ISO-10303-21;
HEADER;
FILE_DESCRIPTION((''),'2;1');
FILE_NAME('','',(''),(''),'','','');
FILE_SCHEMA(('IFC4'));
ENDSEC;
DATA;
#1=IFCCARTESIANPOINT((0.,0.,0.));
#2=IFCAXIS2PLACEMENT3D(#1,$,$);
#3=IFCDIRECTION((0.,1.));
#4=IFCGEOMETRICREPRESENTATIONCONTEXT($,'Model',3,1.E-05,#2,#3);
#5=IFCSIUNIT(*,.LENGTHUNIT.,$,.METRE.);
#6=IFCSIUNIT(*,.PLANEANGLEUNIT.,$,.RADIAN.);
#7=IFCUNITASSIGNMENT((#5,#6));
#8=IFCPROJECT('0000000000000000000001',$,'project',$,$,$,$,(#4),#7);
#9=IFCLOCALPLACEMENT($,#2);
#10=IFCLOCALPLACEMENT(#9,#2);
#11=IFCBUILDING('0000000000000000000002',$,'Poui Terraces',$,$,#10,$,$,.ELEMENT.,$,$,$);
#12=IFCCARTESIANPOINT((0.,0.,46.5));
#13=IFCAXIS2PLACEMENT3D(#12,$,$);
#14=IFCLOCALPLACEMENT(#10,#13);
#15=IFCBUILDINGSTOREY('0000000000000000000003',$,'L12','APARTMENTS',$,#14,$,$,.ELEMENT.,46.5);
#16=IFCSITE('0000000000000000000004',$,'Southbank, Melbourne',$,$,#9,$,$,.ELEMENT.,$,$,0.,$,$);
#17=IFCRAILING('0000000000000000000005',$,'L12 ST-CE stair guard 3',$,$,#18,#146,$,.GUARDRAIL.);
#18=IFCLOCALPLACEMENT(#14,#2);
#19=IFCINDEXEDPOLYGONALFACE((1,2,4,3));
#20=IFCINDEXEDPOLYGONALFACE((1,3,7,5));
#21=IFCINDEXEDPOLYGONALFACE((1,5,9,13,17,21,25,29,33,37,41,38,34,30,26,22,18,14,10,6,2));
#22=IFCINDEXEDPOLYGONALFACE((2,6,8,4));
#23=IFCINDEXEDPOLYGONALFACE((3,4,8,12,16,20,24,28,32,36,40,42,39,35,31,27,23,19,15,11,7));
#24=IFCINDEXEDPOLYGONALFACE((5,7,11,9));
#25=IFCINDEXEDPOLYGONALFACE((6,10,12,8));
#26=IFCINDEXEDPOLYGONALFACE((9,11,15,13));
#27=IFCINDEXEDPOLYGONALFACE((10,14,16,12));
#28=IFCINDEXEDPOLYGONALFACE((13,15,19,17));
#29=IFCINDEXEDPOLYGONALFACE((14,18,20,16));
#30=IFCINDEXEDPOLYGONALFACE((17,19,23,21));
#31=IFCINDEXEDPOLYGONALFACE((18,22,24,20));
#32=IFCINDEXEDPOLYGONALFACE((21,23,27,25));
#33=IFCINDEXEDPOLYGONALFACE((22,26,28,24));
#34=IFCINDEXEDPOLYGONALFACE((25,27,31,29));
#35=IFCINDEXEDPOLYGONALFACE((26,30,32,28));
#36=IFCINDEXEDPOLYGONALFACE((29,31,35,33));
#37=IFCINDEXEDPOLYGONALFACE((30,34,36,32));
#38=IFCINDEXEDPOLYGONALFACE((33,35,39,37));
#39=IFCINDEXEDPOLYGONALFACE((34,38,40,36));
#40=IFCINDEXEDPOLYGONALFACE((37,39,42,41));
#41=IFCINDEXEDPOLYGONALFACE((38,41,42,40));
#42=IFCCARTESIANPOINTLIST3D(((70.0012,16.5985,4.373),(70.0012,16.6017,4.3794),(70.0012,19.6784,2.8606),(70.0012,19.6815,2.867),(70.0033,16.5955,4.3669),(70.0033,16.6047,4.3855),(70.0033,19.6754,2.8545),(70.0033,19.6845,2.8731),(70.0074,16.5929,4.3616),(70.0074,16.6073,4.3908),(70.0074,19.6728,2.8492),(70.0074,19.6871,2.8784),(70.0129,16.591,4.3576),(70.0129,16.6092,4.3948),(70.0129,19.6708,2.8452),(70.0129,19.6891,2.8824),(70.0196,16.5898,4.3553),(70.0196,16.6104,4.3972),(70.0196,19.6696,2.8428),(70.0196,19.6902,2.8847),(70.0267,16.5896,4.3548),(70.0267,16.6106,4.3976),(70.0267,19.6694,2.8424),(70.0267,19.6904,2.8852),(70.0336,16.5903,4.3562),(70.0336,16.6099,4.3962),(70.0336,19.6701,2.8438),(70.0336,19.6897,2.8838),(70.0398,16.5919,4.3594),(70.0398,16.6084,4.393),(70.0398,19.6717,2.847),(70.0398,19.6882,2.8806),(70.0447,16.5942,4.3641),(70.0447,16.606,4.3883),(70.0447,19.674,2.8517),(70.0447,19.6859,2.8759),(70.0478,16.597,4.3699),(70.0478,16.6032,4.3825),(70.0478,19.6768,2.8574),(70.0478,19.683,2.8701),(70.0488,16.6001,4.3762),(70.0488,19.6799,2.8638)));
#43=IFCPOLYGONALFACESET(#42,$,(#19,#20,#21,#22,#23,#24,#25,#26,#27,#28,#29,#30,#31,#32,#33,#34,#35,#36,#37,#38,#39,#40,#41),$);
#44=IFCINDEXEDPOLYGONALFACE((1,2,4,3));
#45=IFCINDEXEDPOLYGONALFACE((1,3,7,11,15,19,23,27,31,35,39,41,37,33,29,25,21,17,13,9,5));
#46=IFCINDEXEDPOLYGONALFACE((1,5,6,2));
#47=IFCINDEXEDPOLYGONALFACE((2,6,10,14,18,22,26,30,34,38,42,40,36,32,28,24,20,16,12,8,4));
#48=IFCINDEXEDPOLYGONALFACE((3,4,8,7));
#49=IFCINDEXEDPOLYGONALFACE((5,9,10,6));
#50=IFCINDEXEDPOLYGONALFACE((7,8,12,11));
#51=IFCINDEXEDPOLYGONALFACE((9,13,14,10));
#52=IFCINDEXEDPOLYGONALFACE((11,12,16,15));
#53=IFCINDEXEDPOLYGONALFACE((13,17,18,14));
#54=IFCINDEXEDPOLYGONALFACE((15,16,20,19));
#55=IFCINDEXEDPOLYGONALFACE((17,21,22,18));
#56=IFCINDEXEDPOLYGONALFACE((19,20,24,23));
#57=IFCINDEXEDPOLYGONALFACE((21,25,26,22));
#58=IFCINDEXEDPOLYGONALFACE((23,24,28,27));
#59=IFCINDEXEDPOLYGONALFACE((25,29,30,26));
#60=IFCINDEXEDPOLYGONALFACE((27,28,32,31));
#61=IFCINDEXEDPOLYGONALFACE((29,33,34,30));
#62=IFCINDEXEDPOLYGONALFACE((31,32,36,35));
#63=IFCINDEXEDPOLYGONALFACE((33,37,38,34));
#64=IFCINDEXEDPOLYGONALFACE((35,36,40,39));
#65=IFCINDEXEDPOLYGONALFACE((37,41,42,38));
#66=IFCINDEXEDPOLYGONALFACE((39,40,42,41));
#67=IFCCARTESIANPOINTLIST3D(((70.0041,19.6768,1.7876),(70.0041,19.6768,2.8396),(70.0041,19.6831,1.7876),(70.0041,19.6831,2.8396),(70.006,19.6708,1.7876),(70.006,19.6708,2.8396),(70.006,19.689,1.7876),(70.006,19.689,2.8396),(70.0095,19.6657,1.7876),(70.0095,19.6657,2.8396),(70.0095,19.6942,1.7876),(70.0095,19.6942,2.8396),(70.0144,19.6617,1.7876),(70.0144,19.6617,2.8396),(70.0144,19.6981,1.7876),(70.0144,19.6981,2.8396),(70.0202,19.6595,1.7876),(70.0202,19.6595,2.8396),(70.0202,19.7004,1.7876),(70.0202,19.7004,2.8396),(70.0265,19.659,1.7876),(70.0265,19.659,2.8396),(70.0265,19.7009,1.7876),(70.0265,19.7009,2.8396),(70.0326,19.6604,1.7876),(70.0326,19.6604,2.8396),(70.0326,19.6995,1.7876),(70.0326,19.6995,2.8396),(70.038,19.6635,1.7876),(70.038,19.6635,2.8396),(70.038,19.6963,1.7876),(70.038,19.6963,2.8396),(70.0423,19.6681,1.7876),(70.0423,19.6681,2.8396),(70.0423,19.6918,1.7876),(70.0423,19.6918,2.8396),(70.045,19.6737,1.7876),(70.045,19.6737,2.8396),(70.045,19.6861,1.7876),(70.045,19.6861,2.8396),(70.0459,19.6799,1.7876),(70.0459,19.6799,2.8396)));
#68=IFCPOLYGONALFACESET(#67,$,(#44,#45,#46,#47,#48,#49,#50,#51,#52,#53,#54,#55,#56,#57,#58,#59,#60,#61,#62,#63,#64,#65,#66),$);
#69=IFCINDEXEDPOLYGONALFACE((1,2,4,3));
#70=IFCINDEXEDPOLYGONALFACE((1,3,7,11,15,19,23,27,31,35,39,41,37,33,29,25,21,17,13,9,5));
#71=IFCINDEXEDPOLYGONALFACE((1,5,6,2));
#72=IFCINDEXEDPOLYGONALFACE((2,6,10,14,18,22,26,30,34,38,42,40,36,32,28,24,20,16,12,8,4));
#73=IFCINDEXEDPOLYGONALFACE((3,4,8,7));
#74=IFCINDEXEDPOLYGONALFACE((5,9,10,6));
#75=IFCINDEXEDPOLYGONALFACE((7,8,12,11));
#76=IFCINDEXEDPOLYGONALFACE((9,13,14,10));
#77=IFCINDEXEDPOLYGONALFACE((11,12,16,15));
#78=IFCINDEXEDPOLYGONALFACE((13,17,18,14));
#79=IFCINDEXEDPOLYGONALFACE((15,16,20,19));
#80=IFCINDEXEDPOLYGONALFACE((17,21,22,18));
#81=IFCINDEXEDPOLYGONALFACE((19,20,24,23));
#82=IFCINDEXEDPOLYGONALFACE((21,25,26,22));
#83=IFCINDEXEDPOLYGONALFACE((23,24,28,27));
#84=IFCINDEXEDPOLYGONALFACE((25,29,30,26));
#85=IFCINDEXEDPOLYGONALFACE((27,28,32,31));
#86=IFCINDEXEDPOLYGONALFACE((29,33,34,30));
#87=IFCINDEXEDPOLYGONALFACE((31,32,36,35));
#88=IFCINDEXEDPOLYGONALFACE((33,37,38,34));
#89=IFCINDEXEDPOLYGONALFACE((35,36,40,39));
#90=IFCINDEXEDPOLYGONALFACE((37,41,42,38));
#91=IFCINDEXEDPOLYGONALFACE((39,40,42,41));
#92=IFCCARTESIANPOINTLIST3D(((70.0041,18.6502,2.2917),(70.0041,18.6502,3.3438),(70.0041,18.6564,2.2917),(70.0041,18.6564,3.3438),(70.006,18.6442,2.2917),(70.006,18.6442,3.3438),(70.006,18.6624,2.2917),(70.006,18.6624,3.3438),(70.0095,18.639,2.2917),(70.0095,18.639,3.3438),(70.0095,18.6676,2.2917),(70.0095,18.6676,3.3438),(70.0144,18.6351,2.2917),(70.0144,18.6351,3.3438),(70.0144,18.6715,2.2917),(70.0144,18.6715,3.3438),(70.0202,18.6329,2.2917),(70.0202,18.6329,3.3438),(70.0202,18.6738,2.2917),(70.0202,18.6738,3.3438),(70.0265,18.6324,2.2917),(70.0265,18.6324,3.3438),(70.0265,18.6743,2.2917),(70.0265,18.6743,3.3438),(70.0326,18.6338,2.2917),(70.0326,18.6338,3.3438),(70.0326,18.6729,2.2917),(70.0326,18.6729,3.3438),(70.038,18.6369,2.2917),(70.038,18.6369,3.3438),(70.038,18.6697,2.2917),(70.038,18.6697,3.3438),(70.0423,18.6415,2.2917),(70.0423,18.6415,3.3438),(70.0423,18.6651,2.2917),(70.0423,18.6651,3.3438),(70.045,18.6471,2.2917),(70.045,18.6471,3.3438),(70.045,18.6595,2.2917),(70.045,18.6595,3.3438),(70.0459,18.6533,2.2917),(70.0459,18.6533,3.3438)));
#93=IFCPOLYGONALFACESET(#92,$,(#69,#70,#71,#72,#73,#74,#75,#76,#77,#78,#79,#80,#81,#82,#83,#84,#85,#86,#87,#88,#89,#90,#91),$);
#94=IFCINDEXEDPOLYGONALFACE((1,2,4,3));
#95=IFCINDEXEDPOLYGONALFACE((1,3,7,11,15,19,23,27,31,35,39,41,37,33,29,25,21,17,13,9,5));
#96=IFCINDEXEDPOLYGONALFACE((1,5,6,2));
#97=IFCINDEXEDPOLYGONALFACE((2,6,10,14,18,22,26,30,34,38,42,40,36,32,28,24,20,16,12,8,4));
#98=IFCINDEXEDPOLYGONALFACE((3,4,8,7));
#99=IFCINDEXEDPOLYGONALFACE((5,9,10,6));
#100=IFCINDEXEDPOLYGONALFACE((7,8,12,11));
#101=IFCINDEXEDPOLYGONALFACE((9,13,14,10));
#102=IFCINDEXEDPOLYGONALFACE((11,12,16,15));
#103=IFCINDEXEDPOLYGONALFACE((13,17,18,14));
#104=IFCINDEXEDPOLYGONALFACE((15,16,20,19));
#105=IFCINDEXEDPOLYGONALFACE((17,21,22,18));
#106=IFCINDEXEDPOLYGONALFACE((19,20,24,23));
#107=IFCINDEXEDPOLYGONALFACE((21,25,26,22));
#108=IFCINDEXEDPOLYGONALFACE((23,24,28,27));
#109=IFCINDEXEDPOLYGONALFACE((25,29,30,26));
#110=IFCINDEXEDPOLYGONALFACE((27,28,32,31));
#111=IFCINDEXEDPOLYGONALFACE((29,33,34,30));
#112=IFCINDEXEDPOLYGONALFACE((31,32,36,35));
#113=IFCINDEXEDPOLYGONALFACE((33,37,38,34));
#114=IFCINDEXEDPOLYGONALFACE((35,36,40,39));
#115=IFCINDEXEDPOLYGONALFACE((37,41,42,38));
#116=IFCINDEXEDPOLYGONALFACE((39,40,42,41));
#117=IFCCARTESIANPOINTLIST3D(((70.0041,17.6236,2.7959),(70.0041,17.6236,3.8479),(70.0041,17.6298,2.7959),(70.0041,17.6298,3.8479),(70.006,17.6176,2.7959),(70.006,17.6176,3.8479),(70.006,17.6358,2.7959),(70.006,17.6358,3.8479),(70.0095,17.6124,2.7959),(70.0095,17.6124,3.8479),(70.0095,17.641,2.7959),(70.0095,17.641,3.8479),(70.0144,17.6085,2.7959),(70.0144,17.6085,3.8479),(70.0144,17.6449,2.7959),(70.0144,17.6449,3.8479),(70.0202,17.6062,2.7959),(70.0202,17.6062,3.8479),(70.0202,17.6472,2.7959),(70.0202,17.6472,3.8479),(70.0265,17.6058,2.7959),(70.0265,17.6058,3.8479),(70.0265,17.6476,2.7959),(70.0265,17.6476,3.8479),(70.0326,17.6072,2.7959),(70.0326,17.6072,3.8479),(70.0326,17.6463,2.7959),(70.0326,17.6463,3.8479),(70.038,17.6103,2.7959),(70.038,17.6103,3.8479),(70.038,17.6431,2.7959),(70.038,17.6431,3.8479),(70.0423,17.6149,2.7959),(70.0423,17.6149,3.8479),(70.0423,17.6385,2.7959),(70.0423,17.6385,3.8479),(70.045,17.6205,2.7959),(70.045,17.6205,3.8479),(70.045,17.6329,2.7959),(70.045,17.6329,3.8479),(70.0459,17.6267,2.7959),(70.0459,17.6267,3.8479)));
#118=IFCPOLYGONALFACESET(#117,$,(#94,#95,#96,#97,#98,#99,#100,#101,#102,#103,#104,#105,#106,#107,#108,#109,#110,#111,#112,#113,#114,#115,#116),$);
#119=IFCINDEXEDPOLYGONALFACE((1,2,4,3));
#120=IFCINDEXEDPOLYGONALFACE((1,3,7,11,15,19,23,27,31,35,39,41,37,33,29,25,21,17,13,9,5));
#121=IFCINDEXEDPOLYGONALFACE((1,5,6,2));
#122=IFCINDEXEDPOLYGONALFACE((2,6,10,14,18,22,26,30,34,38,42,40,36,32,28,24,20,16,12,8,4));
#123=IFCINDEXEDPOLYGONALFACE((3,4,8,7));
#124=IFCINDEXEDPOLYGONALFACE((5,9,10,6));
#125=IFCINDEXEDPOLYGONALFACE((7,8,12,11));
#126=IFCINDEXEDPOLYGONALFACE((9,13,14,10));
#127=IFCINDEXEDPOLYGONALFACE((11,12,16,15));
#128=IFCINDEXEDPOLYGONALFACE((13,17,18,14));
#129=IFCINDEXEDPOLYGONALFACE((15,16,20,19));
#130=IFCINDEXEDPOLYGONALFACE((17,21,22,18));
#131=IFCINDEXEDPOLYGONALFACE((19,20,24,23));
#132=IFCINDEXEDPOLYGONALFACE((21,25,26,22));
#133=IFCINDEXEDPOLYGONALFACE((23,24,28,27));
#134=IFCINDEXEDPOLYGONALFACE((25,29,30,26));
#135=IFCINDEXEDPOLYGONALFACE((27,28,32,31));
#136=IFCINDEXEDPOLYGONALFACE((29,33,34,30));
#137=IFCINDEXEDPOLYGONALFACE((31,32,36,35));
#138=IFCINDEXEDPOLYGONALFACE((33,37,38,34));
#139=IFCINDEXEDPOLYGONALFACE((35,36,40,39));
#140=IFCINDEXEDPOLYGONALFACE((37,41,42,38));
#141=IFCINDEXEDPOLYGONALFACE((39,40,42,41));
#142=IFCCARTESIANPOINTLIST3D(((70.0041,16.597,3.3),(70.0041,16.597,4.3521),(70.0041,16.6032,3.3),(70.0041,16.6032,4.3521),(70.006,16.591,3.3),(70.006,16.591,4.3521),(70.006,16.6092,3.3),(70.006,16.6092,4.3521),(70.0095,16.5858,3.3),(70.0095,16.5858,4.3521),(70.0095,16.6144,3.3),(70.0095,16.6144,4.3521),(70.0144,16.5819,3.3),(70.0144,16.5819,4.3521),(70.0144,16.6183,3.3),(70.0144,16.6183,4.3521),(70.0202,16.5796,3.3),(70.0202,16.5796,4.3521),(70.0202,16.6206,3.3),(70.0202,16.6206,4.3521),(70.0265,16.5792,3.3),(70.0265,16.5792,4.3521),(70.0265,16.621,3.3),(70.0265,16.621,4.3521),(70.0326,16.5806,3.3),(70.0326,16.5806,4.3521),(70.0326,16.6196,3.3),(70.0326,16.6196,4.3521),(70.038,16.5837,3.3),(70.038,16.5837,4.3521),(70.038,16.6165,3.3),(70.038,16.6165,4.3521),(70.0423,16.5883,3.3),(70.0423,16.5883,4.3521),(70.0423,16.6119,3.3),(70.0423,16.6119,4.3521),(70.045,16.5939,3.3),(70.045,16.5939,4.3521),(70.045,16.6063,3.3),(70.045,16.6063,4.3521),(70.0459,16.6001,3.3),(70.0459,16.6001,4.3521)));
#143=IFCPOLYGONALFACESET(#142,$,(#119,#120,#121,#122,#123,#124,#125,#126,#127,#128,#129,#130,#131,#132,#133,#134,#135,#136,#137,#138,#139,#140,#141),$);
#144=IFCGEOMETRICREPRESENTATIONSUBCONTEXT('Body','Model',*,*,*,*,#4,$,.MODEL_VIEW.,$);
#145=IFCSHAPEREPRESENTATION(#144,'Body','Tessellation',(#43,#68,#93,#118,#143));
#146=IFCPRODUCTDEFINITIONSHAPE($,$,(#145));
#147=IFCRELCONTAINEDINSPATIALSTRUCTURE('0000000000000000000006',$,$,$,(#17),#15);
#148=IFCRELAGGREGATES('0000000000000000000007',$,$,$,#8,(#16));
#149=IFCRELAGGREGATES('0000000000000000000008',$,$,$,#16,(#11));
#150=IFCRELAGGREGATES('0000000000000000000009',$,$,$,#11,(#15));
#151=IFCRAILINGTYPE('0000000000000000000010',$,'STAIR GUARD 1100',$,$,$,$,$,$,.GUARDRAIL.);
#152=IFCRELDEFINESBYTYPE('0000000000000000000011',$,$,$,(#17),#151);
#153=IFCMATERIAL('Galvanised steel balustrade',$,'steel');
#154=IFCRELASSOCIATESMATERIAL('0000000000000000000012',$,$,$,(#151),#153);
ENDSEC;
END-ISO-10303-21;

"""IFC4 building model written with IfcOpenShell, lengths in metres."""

from ifc_helpers import new_model, si_unit, direction, frame, origin, origin_2d, place, context, subcontext, project, spatial, circle, extrude, material, type_object, element, save


model = new_model("IFC4")

# Units and contexts
model_context = context("Model", 3, precision=1e-05, world=origin(), true_north=direction((0.0, 1.0)))
body_context = subcontext(model_context, "Body", "Model", "MODEL_VIEW")
ifc_project = project(units=[si_unit("LENGTHUNIT", "METRE"), si_unit("PLANEANGLEUNIT", "RADIAN")], contexts=[model_context])

# Site, building, storey
site_placement = place(None, origin())
site = spatial("IfcSite", under=ifc_project, at=site_placement, Name="Southbank, Melbourne", CompositionType="ELEMENT", RefElevation=0.0)
building_placement = place(site_placement, origin())
building = spatial("IfcBuilding", under=site, at=building_placement, Name="Poui Terraces", CompositionType="ELEMENT")
storey_placement = place(building_placement, frame((0.0, 0.0, 46.5)))
storey = spatial("IfcBuildingStorey", under=building, at=storey_placement, Name="L12", Description="APARTMENTS", CompositionType="ELEMENT", Elevation=46.5)

# Railing
ifc_material_1 = material(Name="Galvanised steel balustrade", Category="steel")
railing_type_1 = type_object("IfcRailingType", Name="STAIR GUARD 1100", PredefinedType="GUARDRAIL", material=ifc_material_1)
railing_1_placement = place(storey_placement, frame((70.0249, 19.6799, 1.7876)))
element("IfcRailing", 1, at=railing_1_placement, inside=storey, type_object=railing_type_1, Name="L12 ST-CE stair guard 3", PredefinedType="GUARDRAIL", context=body_context, shape_type="SweptSolid", body=[
    extrude(circle(Radius=0.0239, at=origin_2d()), frame((0.0, 0.0, 1.0762), z_axis=(0.0, -0.897606, 0.440798), x_axis=(1.0, 0.0, 0.0)), (0.0, 0.0, 1.0), 3.4312),
    extrude(circle(Radius=0.021, at=origin_2d()), origin(), (0.0, 0.0, 1.0), 1.052),
    extrude(circle(Radius=0.021, at=origin_2d()), frame((0.0, -1.0266, 0.5042)), (0.0, 0.0, 1.0), 1.052),
    extrude(circle(Radius=0.021, at=origin_2d()), frame((0.0, -2.0532, 1.0083)), (0.0, 0.0, 1.0), 1.052),
    extrude(circle(Radius=0.021, at=origin_2d()), frame((0.0, -3.0798, 1.5125)), (0.0, 0.0, 1.0), 1.052),
])

save(model, "model.ifc")
